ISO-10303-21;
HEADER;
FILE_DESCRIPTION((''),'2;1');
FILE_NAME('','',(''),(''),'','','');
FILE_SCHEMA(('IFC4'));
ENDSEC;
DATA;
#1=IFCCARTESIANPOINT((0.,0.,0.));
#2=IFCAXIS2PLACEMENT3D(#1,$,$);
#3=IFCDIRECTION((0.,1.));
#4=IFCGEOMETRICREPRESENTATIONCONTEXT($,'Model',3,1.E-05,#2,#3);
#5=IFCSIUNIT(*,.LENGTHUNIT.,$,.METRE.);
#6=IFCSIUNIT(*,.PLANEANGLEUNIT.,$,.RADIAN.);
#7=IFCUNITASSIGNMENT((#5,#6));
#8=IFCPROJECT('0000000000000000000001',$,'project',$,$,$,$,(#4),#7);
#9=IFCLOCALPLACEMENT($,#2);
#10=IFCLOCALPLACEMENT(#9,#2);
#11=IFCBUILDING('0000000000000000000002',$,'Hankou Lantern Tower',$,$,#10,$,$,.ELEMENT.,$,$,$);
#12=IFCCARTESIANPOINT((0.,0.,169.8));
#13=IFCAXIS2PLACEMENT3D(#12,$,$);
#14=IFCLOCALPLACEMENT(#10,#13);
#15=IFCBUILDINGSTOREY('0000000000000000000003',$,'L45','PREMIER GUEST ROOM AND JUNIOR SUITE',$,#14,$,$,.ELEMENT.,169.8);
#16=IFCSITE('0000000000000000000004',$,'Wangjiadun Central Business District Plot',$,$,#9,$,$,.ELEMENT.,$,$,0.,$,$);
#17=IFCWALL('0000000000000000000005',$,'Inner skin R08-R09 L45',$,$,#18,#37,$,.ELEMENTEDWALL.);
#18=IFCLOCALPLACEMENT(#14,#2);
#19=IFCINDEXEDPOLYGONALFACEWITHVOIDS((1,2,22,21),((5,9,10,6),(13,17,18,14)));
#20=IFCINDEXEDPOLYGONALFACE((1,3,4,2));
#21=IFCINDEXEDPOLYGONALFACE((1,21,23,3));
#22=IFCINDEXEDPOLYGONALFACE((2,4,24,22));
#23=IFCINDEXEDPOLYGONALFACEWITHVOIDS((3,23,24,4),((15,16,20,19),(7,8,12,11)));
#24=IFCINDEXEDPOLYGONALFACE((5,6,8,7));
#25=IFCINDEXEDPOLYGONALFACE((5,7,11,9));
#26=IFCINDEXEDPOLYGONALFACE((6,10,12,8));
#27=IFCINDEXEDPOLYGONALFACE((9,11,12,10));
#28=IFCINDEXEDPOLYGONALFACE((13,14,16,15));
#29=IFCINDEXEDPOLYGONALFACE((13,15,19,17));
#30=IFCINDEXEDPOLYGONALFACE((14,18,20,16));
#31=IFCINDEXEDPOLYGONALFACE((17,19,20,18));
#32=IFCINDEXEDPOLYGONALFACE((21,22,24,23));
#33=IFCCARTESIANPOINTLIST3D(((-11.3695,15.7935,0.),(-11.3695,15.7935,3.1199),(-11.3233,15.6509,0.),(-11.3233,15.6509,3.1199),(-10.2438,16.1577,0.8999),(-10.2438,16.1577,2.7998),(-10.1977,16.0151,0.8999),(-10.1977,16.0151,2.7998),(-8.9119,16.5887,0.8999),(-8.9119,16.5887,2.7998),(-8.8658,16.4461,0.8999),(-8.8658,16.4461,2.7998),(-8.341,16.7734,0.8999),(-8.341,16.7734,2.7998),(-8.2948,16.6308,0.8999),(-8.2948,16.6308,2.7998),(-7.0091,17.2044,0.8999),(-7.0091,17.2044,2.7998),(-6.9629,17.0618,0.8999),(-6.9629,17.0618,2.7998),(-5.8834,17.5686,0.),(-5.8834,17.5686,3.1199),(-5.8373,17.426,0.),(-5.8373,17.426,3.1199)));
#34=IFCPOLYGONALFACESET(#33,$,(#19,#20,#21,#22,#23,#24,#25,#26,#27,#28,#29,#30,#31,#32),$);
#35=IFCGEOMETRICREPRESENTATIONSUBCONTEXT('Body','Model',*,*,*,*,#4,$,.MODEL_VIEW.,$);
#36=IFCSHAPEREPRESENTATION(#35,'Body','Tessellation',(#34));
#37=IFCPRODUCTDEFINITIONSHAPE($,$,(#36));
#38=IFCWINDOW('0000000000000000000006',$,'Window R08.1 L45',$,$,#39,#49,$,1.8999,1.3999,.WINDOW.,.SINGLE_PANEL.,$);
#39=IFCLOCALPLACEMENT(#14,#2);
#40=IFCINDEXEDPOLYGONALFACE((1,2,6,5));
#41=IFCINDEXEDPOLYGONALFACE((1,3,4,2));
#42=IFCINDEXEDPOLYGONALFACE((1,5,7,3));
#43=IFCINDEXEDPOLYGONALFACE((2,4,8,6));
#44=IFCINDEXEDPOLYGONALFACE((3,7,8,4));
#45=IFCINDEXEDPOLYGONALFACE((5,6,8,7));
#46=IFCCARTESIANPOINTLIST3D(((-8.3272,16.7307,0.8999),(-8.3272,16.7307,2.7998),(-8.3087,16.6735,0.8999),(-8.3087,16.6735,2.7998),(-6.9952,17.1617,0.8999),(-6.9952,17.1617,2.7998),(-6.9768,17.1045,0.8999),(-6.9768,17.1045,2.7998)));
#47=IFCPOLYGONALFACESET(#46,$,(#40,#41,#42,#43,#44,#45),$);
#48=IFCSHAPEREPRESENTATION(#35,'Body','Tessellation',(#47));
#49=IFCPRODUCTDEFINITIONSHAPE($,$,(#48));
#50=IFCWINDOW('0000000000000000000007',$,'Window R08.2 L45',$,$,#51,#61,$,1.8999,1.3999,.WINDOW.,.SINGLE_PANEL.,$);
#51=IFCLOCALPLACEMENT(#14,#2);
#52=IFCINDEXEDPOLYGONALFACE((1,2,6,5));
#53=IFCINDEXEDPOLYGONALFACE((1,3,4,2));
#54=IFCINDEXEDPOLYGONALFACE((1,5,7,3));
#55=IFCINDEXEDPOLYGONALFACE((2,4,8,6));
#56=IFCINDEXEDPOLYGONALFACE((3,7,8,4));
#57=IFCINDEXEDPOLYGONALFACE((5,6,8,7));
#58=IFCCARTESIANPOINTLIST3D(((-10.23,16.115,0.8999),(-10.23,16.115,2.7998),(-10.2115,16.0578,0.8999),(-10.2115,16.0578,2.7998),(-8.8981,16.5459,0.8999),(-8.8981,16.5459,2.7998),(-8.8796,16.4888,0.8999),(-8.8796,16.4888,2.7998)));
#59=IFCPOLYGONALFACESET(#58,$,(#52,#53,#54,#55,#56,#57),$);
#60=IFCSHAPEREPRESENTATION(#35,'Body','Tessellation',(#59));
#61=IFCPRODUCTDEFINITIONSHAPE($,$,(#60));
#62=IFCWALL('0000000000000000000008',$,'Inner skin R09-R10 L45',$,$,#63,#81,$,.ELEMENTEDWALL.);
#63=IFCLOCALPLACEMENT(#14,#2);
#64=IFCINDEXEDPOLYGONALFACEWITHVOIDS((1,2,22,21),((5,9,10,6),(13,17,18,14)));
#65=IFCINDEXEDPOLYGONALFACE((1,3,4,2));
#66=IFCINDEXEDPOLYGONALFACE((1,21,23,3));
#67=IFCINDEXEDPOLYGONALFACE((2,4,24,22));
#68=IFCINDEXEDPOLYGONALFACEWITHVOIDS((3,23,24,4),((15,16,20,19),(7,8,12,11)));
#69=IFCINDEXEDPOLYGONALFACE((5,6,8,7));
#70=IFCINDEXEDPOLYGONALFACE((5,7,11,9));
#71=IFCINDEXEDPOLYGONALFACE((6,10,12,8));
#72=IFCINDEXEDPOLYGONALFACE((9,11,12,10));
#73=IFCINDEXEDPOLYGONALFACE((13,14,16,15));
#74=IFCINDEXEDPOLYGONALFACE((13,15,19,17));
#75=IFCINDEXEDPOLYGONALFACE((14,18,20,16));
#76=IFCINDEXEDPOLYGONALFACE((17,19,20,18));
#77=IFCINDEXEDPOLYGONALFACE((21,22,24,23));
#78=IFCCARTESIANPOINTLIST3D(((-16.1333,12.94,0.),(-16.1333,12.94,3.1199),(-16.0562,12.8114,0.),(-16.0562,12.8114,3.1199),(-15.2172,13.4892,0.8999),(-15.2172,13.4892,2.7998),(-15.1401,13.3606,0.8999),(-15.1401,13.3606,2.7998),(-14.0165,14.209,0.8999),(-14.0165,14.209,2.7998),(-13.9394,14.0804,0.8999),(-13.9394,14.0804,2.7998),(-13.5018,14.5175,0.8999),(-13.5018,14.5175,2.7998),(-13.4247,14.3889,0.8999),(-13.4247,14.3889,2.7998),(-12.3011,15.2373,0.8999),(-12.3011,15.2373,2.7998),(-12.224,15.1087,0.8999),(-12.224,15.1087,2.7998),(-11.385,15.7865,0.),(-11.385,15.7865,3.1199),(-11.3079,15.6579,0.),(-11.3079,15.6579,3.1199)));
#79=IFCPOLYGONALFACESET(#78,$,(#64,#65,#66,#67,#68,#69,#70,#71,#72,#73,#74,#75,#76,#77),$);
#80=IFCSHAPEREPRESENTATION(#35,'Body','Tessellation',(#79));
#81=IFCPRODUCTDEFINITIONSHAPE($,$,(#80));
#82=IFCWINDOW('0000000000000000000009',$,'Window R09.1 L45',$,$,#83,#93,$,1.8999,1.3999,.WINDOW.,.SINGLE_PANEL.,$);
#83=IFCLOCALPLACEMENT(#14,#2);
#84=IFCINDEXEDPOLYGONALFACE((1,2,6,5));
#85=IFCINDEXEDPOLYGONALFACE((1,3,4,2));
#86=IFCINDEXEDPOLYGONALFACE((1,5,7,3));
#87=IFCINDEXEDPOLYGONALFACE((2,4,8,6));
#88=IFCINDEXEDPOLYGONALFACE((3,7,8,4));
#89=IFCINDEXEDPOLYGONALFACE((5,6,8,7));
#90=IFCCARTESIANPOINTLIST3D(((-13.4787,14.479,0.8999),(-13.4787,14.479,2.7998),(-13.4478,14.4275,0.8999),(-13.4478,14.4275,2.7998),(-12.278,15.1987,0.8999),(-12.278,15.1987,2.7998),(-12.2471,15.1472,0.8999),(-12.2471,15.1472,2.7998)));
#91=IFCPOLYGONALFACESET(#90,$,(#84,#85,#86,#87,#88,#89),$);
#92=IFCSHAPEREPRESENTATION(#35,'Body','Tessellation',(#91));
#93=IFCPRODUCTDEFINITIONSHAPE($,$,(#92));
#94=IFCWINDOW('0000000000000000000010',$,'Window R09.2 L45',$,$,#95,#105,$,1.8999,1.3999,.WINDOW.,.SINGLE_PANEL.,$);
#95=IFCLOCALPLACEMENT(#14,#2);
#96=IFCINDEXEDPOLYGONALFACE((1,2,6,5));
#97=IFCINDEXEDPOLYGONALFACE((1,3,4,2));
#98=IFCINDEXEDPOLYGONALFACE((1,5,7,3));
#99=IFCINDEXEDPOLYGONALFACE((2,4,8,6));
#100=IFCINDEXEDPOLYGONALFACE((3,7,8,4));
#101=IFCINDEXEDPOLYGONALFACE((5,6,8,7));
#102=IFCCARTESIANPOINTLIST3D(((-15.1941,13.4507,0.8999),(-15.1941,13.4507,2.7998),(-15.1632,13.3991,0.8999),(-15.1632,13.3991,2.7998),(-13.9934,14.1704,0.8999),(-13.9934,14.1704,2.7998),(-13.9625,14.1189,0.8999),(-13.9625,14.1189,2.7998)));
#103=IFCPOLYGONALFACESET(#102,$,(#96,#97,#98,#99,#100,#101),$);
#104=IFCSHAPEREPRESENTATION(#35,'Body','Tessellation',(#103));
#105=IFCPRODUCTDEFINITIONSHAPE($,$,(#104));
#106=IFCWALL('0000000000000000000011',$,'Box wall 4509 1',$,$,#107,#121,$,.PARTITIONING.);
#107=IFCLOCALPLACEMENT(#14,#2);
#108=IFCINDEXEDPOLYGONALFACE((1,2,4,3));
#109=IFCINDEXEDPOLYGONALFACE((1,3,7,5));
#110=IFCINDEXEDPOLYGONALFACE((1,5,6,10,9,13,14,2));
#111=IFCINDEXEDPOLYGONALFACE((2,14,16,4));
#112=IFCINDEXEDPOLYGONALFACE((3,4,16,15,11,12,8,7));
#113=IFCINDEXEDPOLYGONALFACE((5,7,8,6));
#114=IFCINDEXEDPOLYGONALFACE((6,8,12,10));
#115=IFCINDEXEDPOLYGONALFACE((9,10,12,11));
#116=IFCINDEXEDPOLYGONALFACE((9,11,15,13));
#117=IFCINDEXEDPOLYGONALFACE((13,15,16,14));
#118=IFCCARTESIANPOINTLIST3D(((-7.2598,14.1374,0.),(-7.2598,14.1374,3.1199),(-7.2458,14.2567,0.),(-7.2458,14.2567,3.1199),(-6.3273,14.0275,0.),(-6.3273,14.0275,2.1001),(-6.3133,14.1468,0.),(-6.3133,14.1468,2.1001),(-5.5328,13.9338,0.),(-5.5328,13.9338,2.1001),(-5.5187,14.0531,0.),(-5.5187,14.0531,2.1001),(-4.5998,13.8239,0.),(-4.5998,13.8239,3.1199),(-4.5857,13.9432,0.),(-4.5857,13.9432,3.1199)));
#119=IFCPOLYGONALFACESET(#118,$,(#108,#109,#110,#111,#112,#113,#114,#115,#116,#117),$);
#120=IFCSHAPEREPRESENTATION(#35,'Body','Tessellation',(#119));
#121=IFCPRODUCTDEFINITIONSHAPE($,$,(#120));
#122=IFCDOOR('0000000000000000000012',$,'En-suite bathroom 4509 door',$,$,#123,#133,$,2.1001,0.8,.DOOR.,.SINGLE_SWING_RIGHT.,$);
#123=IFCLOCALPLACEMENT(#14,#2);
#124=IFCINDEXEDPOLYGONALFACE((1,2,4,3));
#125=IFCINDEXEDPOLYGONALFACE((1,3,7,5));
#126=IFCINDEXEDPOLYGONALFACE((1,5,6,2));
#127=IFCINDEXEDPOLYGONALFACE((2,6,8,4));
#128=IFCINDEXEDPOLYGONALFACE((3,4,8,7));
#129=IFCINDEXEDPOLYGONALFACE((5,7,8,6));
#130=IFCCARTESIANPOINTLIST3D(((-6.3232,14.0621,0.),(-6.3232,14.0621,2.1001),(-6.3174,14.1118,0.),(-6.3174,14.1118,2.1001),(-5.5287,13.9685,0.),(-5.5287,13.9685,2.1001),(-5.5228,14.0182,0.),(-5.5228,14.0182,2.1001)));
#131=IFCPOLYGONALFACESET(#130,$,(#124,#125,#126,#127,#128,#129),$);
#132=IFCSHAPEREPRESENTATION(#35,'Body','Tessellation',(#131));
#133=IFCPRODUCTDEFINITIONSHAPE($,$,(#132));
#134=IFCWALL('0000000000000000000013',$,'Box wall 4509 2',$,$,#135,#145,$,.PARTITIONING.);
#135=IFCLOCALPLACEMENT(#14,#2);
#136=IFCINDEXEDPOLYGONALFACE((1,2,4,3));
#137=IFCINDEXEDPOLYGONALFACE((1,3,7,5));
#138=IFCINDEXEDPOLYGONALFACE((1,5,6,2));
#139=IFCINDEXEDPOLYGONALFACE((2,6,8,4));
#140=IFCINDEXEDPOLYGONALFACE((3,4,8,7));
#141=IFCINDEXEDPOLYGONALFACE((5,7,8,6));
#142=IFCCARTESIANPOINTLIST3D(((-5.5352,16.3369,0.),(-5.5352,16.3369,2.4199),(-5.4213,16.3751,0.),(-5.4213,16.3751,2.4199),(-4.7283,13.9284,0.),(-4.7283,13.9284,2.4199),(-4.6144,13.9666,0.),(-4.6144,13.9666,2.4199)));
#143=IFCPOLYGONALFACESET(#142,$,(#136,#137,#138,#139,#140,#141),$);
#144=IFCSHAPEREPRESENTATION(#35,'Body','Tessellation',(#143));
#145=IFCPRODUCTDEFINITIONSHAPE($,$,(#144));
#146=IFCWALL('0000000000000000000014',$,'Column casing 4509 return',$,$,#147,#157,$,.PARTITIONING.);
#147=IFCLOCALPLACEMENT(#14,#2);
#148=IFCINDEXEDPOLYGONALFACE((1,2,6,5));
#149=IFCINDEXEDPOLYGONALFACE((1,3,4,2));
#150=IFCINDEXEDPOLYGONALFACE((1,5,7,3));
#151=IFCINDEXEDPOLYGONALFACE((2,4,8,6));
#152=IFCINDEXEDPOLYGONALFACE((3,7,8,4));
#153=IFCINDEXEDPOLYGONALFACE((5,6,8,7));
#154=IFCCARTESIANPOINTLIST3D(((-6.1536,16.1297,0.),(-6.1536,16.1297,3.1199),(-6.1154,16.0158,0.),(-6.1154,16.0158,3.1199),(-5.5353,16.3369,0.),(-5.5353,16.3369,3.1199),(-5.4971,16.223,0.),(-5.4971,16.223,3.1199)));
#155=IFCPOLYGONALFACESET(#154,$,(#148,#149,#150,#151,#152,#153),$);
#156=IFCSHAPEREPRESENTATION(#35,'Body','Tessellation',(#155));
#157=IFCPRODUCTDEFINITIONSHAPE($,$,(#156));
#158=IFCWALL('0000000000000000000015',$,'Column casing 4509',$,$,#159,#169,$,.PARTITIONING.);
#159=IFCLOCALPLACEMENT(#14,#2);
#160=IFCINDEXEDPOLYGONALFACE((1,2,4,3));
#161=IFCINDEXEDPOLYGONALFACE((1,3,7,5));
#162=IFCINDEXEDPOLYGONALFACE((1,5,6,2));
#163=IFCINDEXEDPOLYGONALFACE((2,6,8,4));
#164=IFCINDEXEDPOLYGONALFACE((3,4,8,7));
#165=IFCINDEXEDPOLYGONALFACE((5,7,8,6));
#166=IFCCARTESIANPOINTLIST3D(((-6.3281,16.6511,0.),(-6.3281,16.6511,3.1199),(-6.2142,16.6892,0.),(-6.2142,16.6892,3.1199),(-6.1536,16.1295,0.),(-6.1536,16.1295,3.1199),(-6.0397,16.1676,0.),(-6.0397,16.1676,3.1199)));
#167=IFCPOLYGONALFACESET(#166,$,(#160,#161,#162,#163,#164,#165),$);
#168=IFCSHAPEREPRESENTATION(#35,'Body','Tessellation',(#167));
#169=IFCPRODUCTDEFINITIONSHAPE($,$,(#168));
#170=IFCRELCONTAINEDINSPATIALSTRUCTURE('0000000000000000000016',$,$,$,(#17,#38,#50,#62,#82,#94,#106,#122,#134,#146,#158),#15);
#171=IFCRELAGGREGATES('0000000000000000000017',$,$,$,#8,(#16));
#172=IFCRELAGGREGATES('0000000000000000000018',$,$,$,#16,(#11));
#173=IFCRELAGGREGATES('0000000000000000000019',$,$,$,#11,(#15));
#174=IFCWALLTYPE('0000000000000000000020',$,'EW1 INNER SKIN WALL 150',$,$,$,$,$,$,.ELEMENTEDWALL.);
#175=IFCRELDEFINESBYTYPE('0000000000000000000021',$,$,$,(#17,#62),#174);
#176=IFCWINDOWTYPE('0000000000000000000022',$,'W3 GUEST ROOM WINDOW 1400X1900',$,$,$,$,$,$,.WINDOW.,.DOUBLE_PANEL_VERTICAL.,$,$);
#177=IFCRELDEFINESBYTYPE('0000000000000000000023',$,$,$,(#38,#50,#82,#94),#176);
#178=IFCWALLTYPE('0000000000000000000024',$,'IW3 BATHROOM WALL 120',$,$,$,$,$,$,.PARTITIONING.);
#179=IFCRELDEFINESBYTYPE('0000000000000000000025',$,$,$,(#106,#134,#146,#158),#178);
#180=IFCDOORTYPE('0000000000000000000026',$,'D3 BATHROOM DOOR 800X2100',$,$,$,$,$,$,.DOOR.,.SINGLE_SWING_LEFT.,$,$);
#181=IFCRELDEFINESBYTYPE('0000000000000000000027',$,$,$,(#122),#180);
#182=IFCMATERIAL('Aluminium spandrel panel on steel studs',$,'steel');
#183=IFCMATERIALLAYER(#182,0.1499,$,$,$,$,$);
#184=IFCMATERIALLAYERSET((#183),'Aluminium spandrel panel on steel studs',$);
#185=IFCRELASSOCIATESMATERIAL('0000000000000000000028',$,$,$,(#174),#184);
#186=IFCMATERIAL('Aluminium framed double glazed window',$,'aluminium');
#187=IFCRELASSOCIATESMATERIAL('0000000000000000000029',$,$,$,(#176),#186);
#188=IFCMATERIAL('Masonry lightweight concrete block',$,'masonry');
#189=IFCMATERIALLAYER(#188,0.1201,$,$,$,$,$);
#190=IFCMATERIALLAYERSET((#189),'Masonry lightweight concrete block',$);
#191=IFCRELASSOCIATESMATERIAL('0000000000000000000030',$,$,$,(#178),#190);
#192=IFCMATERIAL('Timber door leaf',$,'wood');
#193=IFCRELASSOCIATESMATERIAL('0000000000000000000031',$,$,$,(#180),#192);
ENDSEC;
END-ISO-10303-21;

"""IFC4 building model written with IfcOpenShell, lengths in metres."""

from ifc_helpers import new_model, si_unit, direction, frame, frame_2d, origin, place, context, subcontext, project, spatial, rectangle, extrude, material, layer, layer_set, type_object, element, fill, save


model = new_model("IFC4")

# Units and contexts
model_context = context("Model", 3, precision=1e-05, world=origin(), true_north=direction((0.0, 1.0)))
body_context = subcontext(model_context, "Body", "Model", "MODEL_VIEW")
ifc_project = project(units=[si_unit("LENGTHUNIT", "METRE"), si_unit("PLANEANGLEUNIT", "RADIAN")], contexts=[model_context])

# Site, building, storey
site_placement = place(None, origin())
site = spatial("IfcSite", under=ifc_project, at=site_placement, Name="Wangjiadun Central Business District Plot", CompositionType="ELEMENT", RefElevation=0.0)
building_placement = place(site_placement, origin())
building = spatial("IfcBuilding", under=site, at=building_placement, Name="Hankou Lantern Tower", CompositionType="ELEMENT")
storey_placement = place(building_placement, frame((0.0, 0.0, 169.8)))
storey = spatial("IfcBuildingStorey", under=building, at=storey_placement, Name="L45", Description="PREMIER GUEST ROOM AND JUNIOR SUITE", CompositionType="ELEMENT", Elevation=169.8)

# Walls, openings, windows
ifc_material_1 = material(Name="Aluminium spandrel panel on steel studs", Category="steel")
ifc_layer_1 = layer(ifc_material_1, 0.1499)
ifc_layer_set_1 = layer_set([ifc_layer_1], Name="Aluminium spandrel panel on steel studs")
wall_type_1 = type_object("IfcWallType", Name="EW1 INNER SKIN WALL 150", PredefinedType="ELEMENTEDWALL", material=ifc_layer_set_1)
wall_1_placement = place(storey_placement, frame((-5.8604, 17.4973, 0.0), z_axis=(0.0, 0.0, 1.0), x_axis=(-0.951432, -0.307857, 0.0)))
wall_1 = element("IfcWall", 1, at=wall_1_placement, inside=storey, type_object=wall_type_1, Name="Inner skin R08-R09 L45", PredefinedType="ELEMENTEDWALL", context=body_context, shape_type="SweptSolid", body=[
    extrude(rectangle(XDim=5.7661, YDim=0.1499, at=frame_2d((2.8831, 0.0))), origin(), (0.0, 0.0, 1.0), 3.1199),
])
opening_1_placement = place(wall_1_placement, frame((1.1831, 0.0, 0.8999)))
opening_1 = element("IfcOpeningElement", 2, at=opening_1_placement, cuts=wall_1, PredefinedType="OPENING", context=body_context, shape_type="SweptSolid", body=[
    extrude(rectangle(XDim=1.3999, YDim=1.8999, at=frame_2d((0.7, 0.95))), frame((0.0, 0.085, 0.0), z_axis=(0.0, -1.0, 0.0), x_axis=(1.0, 0.0, 0.0)), (0.0, 0.0, 1.0), 0.1699),
])
opening_2_placement = place(wall_1_placement, frame((3.1831, 0.0, 0.8999)))
opening_2 = element("IfcOpeningElement", 3, at=opening_2_placement, cuts=wall_1, PredefinedType="OPENING", context=body_context, shape_type="SweptSolid", body=[
    extrude(rectangle(XDim=1.3999, YDim=1.8999, at=frame_2d((0.7, 0.95))), frame((0.0, 0.085, 0.0), z_axis=(0.0, -1.0, 0.0), x_axis=(1.0, 0.0, 0.0)), (0.0, 0.0, 1.0), 0.1699),
])
ifc_material_2 = material(Name="Aluminium framed double glazed window", Category="aluminium")
window_type = type_object("IfcWindowType", Name="W3 GUEST ROOM WINDOW 1400X1900", PartitioningType="DOUBLE_PANEL_VERTICAL", PredefinedType="WINDOW", material=ifc_material_2)
window_1_placement = place(opening_1_placement, origin())
window_1 = element("IfcWindow", 4, at=window_1_placement, inside=storey, type_object=window_type, Name="Window R08.1 L45", OverallHeight=1.8999, OverallWidth=1.3999, PartitioningType="SINGLE_PANEL", PredefinedType="WINDOW", context=body_context, shape_type="SweptSolid", body=[
    extrude(rectangle(XDim=1.3999, YDim=1.8999, at=frame_2d((0.7, 0.95))), frame((0.0, 0.03, 0.0), z_axis=(0.0, -1.0, 0.0), x_axis=(1.0, 0.0, 0.0)), (0.0, 0.0, 1.0), 0.0601),
])
fill(opening_1, window_1)
window_2_placement = place(opening_2_placement, origin())
window_2 = element("IfcWindow", 5, at=window_2_placement, inside=storey, type_object=window_type, Name="Window R08.2 L45", OverallHeight=1.8999, OverallWidth=1.3999, PartitioningType="SINGLE_PANEL", PredefinedType="WINDOW", context=body_context, shape_type="SweptSolid", body=[
    extrude(rectangle(XDim=1.3999, YDim=1.8999, at=frame_2d((0.7, 0.95))), frame((0.0, 0.03, 0.0), z_axis=(0.0, -1.0, 0.0), x_axis=(1.0, 0.0, 0.0)), (0.0, 0.0, 1.0), 0.0601),
])
fill(opening_2, window_2)
wall_2_placement = place(storey_placement, frame((-11.3464, 15.7222, 0.0), z_axis=(0.0, 0.0, 1.0), x_axis=(-0.857695, -0.514158, 0.0)))
wall_2 = element("IfcWall", 6, at=wall_2_placement, inside=storey, type_object=wall_type_1, Name="Inner skin R09-R10 L45", PredefinedType="ELEMENTEDWALL", context=body_context, shape_type="SweptSolid", body=[
    extrude(rectangle(XDim=5.5361, YDim=0.1499, at=frame_2d((2.7681, 0.0))), origin(), (0.0, 0.0, 1.0), 3.1199),
])
opening_3_placement = place(wall_2_placement, frame((1.0681, 0.0, 0.8999)))
opening_3 = element("IfcOpeningElement", 7, at=opening_3_placement, cuts=wall_2, PredefinedType="OPENING", context=body_context, shape_type="SweptSolid", body=[
    extrude(rectangle(XDim=1.3999, YDim=1.8999, at=frame_2d((0.7, 0.95))), frame((0.0, 0.085, 0.0), z_axis=(0.0, -1.0, 0.0), x_axis=(1.0, 0.0, 0.0)), (0.0, 0.0, 1.0), 0.1699),
])
opening_4_placement = place(wall_2_placement, frame((3.0681, 0.0, 0.8999)))
opening_4 = element("IfcOpeningElement", 8, at=opening_4_placement, cuts=wall_2, PredefinedType="OPENING", context=body_context, shape_type="SweptSolid", body=[
    extrude(rectangle(XDim=1.3999, YDim=1.8999, at=frame_2d((0.7, 0.95))), frame((0.0, 0.085, 0.0), z_axis=(0.0, -1.0, 0.0), x_axis=(1.0, 0.0, 0.0)), (0.0, 0.0, 1.0), 0.1699),
])
window_3_placement = place(opening_3_placement, origin())
window_3 = element("IfcWindow", 9, at=window_3_placement, inside=storey, type_object=window_type, Name="Window R09.1 L45", OverallHeight=1.8999, OverallWidth=1.3999, PartitioningType="SINGLE_PANEL", PredefinedType="WINDOW", context=body_context, shape_type="SweptSolid", body=[
    extrude(rectangle(XDim=1.3999, YDim=1.8999, at=frame_2d((0.7, 0.95))), frame((0.0, 0.03, 0.0), z_axis=(0.0, -1.0, 0.0), x_axis=(1.0, 0.0, 0.0)), (0.0, 0.0, 1.0), 0.0601),
])
fill(opening_3, window_3)
window_4_placement = place(opening_4_placement, origin())
window_4 = element("IfcWindow", 10, at=window_4_placement, inside=storey, type_object=window_type, Name="Window R09.2 L45", OverallHeight=1.8999, OverallWidth=1.3999, PartitioningType="SINGLE_PANEL", PredefinedType="WINDOW", context=body_context, shape_type="SweptSolid", body=[
    extrude(rectangle(XDim=1.3999, YDim=1.8999, at=frame_2d((0.7, 0.95))), frame((0.0, 0.03, 0.0), z_axis=(0.0, -1.0, 0.0), x_axis=(1.0, 0.0, 0.0)), (0.0, 0.0, 1.0), 0.0601),
])
fill(opening_4, window_4)

# Wall, opening, door
ifc_material_3 = material(Name="Masonry lightweight concrete block", Category="masonry")
ifc_layer_2 = layer(ifc_material_3, 0.1201)
ifc_layer_set_2 = layer_set([ifc_layer_2], Name="Masonry lightweight concrete block")
wall_type_2 = type_object("IfcWallType", Name="IW3 BATHROOM WALL 120", PredefinedType="PARTITIONING", material=ifc_layer_set_2)
wall_3_placement = place(storey_placement, frame((-7.2529, 14.197, 0.0), z_axis=(0.0, 0.0, 1.0), x_axis=(0.993128, -0.117032, 0.0)))
wall_3 = element("IfcWall", 11, at=wall_3_placement, inside=storey, type_object=wall_type_2, Name="Box wall 4509 1", PredefinedType="PARTITIONING", context=body_context, shape_type="SweptSolid", body=[
    extrude(rectangle(XDim=2.6785, YDim=0.1201, at=frame_2d((1.3394, 0.0))), origin(), (0.0, 0.0, 1.0), 3.1199),
])
opening_5_placement = place(wall_3_placement, frame((0.9392, 0.0, 0.0)))
opening_5 = element("IfcOpeningElement", 12, at=opening_5_placement, cuts=wall_3, PredefinedType="OPENING", context=body_context, shape_type="SweptSolid", body=[
    extrude(rectangle(XDim=0.8, YDim=2.1001, at=frame_2d((0.3999, 1.05))), frame((0.0, 0.0701, 0.0), z_axis=(0.0, -1.0, 0.0), x_axis=(1.0, 0.0, 0.0)), (0.0, 0.0, 1.0), 0.1401),
])
ifc_material_4 = material(Name="Timber door leaf", Category="wood")
door_type = type_object("IfcDoorType", Name="D3 BATHROOM DOOR 800X2100", OperationType="SINGLE_SWING_LEFT", PredefinedType="DOOR", material=ifc_material_4)
door_placement = place(opening_5_placement, origin())
door = element("IfcDoor", 13, at=door_placement, inside=storey, type_object=door_type, Name="En-suite bathroom 4509 door", OperationType="SINGLE_SWING_RIGHT", OverallHeight=2.1001, OverallWidth=0.8, PredefinedType="DOOR", context=body_context, shape_type="SweptSolid", body=[
    extrude(rectangle(XDim=0.8, YDim=2.1001, at=frame_2d((0.3999, 1.05))), frame((0.0, 0.0249, 0.0), z_axis=(0.0, -1.0, 0.0), x_axis=(1.0, 0.0, 0.0)), (0.0, 0.0, 1.0), 0.05),
])
fill(opening_5, door)

# Walls
wall_4_placement = place(storey_placement, frame((-4.6714, 13.9475, 0.0), z_axis=(0.0, 0.0, 1.0), x_axis=(-0.317669, 0.948202, 0.0)))
element("IfcWall", 14, at=wall_4_placement, inside=storey, type_object=wall_type_2, Name="Box wall 4509 2", PredefinedType="PARTITIONING", context=body_context, shape_type="SweptSolid", body=[
    extrude(rectangle(XDim=2.54, YDim=0.1201, at=frame_2d((1.27, 0.0))), origin(), (0.0, 0.0, 1.0), 2.4199),
])
wall_5_placement = place(storey_placement, frame((-5.5161, 16.28, 0.0), z_axis=(0.0, 0.0, 1.0), x_axis=(-0.948158, -0.317799, 0.0)))
element("IfcWall", 15, at=wall_5_placement, inside=storey, type_object=wall_type_2, Name="Column casing 4509 return", PredefinedType="PARTITIONING", context=body_context, shape_type="SweptSolid", body=[
    extrude(rectangle(XDim=0.6521, YDim=0.1201, at=frame_2d((0.3262, 0.0))), origin(), (0.0, 0.0, 1.0), 3.1199),
])
wall_6_placement = place(storey_placement, frame((-6.0967, 16.1487, 0.0), z_axis=(0.0, 0.0, 1.0), x_axis=(-0.317293, 0.948328, 0.0)))
element("IfcWall", 16, at=wall_6_placement, inside=storey, type_object=wall_type_2, Name="Column casing 4509", PredefinedType="PARTITIONING", context=body_context, shape_type="SweptSolid", body=[
    extrude(rectangle(XDim=0.55, YDim=0.1201, at=frame_2d((0.2749, 0.0))), origin(), (0.0, 0.0, 1.0), 3.1199),
])

save(model, "model.ifc")
